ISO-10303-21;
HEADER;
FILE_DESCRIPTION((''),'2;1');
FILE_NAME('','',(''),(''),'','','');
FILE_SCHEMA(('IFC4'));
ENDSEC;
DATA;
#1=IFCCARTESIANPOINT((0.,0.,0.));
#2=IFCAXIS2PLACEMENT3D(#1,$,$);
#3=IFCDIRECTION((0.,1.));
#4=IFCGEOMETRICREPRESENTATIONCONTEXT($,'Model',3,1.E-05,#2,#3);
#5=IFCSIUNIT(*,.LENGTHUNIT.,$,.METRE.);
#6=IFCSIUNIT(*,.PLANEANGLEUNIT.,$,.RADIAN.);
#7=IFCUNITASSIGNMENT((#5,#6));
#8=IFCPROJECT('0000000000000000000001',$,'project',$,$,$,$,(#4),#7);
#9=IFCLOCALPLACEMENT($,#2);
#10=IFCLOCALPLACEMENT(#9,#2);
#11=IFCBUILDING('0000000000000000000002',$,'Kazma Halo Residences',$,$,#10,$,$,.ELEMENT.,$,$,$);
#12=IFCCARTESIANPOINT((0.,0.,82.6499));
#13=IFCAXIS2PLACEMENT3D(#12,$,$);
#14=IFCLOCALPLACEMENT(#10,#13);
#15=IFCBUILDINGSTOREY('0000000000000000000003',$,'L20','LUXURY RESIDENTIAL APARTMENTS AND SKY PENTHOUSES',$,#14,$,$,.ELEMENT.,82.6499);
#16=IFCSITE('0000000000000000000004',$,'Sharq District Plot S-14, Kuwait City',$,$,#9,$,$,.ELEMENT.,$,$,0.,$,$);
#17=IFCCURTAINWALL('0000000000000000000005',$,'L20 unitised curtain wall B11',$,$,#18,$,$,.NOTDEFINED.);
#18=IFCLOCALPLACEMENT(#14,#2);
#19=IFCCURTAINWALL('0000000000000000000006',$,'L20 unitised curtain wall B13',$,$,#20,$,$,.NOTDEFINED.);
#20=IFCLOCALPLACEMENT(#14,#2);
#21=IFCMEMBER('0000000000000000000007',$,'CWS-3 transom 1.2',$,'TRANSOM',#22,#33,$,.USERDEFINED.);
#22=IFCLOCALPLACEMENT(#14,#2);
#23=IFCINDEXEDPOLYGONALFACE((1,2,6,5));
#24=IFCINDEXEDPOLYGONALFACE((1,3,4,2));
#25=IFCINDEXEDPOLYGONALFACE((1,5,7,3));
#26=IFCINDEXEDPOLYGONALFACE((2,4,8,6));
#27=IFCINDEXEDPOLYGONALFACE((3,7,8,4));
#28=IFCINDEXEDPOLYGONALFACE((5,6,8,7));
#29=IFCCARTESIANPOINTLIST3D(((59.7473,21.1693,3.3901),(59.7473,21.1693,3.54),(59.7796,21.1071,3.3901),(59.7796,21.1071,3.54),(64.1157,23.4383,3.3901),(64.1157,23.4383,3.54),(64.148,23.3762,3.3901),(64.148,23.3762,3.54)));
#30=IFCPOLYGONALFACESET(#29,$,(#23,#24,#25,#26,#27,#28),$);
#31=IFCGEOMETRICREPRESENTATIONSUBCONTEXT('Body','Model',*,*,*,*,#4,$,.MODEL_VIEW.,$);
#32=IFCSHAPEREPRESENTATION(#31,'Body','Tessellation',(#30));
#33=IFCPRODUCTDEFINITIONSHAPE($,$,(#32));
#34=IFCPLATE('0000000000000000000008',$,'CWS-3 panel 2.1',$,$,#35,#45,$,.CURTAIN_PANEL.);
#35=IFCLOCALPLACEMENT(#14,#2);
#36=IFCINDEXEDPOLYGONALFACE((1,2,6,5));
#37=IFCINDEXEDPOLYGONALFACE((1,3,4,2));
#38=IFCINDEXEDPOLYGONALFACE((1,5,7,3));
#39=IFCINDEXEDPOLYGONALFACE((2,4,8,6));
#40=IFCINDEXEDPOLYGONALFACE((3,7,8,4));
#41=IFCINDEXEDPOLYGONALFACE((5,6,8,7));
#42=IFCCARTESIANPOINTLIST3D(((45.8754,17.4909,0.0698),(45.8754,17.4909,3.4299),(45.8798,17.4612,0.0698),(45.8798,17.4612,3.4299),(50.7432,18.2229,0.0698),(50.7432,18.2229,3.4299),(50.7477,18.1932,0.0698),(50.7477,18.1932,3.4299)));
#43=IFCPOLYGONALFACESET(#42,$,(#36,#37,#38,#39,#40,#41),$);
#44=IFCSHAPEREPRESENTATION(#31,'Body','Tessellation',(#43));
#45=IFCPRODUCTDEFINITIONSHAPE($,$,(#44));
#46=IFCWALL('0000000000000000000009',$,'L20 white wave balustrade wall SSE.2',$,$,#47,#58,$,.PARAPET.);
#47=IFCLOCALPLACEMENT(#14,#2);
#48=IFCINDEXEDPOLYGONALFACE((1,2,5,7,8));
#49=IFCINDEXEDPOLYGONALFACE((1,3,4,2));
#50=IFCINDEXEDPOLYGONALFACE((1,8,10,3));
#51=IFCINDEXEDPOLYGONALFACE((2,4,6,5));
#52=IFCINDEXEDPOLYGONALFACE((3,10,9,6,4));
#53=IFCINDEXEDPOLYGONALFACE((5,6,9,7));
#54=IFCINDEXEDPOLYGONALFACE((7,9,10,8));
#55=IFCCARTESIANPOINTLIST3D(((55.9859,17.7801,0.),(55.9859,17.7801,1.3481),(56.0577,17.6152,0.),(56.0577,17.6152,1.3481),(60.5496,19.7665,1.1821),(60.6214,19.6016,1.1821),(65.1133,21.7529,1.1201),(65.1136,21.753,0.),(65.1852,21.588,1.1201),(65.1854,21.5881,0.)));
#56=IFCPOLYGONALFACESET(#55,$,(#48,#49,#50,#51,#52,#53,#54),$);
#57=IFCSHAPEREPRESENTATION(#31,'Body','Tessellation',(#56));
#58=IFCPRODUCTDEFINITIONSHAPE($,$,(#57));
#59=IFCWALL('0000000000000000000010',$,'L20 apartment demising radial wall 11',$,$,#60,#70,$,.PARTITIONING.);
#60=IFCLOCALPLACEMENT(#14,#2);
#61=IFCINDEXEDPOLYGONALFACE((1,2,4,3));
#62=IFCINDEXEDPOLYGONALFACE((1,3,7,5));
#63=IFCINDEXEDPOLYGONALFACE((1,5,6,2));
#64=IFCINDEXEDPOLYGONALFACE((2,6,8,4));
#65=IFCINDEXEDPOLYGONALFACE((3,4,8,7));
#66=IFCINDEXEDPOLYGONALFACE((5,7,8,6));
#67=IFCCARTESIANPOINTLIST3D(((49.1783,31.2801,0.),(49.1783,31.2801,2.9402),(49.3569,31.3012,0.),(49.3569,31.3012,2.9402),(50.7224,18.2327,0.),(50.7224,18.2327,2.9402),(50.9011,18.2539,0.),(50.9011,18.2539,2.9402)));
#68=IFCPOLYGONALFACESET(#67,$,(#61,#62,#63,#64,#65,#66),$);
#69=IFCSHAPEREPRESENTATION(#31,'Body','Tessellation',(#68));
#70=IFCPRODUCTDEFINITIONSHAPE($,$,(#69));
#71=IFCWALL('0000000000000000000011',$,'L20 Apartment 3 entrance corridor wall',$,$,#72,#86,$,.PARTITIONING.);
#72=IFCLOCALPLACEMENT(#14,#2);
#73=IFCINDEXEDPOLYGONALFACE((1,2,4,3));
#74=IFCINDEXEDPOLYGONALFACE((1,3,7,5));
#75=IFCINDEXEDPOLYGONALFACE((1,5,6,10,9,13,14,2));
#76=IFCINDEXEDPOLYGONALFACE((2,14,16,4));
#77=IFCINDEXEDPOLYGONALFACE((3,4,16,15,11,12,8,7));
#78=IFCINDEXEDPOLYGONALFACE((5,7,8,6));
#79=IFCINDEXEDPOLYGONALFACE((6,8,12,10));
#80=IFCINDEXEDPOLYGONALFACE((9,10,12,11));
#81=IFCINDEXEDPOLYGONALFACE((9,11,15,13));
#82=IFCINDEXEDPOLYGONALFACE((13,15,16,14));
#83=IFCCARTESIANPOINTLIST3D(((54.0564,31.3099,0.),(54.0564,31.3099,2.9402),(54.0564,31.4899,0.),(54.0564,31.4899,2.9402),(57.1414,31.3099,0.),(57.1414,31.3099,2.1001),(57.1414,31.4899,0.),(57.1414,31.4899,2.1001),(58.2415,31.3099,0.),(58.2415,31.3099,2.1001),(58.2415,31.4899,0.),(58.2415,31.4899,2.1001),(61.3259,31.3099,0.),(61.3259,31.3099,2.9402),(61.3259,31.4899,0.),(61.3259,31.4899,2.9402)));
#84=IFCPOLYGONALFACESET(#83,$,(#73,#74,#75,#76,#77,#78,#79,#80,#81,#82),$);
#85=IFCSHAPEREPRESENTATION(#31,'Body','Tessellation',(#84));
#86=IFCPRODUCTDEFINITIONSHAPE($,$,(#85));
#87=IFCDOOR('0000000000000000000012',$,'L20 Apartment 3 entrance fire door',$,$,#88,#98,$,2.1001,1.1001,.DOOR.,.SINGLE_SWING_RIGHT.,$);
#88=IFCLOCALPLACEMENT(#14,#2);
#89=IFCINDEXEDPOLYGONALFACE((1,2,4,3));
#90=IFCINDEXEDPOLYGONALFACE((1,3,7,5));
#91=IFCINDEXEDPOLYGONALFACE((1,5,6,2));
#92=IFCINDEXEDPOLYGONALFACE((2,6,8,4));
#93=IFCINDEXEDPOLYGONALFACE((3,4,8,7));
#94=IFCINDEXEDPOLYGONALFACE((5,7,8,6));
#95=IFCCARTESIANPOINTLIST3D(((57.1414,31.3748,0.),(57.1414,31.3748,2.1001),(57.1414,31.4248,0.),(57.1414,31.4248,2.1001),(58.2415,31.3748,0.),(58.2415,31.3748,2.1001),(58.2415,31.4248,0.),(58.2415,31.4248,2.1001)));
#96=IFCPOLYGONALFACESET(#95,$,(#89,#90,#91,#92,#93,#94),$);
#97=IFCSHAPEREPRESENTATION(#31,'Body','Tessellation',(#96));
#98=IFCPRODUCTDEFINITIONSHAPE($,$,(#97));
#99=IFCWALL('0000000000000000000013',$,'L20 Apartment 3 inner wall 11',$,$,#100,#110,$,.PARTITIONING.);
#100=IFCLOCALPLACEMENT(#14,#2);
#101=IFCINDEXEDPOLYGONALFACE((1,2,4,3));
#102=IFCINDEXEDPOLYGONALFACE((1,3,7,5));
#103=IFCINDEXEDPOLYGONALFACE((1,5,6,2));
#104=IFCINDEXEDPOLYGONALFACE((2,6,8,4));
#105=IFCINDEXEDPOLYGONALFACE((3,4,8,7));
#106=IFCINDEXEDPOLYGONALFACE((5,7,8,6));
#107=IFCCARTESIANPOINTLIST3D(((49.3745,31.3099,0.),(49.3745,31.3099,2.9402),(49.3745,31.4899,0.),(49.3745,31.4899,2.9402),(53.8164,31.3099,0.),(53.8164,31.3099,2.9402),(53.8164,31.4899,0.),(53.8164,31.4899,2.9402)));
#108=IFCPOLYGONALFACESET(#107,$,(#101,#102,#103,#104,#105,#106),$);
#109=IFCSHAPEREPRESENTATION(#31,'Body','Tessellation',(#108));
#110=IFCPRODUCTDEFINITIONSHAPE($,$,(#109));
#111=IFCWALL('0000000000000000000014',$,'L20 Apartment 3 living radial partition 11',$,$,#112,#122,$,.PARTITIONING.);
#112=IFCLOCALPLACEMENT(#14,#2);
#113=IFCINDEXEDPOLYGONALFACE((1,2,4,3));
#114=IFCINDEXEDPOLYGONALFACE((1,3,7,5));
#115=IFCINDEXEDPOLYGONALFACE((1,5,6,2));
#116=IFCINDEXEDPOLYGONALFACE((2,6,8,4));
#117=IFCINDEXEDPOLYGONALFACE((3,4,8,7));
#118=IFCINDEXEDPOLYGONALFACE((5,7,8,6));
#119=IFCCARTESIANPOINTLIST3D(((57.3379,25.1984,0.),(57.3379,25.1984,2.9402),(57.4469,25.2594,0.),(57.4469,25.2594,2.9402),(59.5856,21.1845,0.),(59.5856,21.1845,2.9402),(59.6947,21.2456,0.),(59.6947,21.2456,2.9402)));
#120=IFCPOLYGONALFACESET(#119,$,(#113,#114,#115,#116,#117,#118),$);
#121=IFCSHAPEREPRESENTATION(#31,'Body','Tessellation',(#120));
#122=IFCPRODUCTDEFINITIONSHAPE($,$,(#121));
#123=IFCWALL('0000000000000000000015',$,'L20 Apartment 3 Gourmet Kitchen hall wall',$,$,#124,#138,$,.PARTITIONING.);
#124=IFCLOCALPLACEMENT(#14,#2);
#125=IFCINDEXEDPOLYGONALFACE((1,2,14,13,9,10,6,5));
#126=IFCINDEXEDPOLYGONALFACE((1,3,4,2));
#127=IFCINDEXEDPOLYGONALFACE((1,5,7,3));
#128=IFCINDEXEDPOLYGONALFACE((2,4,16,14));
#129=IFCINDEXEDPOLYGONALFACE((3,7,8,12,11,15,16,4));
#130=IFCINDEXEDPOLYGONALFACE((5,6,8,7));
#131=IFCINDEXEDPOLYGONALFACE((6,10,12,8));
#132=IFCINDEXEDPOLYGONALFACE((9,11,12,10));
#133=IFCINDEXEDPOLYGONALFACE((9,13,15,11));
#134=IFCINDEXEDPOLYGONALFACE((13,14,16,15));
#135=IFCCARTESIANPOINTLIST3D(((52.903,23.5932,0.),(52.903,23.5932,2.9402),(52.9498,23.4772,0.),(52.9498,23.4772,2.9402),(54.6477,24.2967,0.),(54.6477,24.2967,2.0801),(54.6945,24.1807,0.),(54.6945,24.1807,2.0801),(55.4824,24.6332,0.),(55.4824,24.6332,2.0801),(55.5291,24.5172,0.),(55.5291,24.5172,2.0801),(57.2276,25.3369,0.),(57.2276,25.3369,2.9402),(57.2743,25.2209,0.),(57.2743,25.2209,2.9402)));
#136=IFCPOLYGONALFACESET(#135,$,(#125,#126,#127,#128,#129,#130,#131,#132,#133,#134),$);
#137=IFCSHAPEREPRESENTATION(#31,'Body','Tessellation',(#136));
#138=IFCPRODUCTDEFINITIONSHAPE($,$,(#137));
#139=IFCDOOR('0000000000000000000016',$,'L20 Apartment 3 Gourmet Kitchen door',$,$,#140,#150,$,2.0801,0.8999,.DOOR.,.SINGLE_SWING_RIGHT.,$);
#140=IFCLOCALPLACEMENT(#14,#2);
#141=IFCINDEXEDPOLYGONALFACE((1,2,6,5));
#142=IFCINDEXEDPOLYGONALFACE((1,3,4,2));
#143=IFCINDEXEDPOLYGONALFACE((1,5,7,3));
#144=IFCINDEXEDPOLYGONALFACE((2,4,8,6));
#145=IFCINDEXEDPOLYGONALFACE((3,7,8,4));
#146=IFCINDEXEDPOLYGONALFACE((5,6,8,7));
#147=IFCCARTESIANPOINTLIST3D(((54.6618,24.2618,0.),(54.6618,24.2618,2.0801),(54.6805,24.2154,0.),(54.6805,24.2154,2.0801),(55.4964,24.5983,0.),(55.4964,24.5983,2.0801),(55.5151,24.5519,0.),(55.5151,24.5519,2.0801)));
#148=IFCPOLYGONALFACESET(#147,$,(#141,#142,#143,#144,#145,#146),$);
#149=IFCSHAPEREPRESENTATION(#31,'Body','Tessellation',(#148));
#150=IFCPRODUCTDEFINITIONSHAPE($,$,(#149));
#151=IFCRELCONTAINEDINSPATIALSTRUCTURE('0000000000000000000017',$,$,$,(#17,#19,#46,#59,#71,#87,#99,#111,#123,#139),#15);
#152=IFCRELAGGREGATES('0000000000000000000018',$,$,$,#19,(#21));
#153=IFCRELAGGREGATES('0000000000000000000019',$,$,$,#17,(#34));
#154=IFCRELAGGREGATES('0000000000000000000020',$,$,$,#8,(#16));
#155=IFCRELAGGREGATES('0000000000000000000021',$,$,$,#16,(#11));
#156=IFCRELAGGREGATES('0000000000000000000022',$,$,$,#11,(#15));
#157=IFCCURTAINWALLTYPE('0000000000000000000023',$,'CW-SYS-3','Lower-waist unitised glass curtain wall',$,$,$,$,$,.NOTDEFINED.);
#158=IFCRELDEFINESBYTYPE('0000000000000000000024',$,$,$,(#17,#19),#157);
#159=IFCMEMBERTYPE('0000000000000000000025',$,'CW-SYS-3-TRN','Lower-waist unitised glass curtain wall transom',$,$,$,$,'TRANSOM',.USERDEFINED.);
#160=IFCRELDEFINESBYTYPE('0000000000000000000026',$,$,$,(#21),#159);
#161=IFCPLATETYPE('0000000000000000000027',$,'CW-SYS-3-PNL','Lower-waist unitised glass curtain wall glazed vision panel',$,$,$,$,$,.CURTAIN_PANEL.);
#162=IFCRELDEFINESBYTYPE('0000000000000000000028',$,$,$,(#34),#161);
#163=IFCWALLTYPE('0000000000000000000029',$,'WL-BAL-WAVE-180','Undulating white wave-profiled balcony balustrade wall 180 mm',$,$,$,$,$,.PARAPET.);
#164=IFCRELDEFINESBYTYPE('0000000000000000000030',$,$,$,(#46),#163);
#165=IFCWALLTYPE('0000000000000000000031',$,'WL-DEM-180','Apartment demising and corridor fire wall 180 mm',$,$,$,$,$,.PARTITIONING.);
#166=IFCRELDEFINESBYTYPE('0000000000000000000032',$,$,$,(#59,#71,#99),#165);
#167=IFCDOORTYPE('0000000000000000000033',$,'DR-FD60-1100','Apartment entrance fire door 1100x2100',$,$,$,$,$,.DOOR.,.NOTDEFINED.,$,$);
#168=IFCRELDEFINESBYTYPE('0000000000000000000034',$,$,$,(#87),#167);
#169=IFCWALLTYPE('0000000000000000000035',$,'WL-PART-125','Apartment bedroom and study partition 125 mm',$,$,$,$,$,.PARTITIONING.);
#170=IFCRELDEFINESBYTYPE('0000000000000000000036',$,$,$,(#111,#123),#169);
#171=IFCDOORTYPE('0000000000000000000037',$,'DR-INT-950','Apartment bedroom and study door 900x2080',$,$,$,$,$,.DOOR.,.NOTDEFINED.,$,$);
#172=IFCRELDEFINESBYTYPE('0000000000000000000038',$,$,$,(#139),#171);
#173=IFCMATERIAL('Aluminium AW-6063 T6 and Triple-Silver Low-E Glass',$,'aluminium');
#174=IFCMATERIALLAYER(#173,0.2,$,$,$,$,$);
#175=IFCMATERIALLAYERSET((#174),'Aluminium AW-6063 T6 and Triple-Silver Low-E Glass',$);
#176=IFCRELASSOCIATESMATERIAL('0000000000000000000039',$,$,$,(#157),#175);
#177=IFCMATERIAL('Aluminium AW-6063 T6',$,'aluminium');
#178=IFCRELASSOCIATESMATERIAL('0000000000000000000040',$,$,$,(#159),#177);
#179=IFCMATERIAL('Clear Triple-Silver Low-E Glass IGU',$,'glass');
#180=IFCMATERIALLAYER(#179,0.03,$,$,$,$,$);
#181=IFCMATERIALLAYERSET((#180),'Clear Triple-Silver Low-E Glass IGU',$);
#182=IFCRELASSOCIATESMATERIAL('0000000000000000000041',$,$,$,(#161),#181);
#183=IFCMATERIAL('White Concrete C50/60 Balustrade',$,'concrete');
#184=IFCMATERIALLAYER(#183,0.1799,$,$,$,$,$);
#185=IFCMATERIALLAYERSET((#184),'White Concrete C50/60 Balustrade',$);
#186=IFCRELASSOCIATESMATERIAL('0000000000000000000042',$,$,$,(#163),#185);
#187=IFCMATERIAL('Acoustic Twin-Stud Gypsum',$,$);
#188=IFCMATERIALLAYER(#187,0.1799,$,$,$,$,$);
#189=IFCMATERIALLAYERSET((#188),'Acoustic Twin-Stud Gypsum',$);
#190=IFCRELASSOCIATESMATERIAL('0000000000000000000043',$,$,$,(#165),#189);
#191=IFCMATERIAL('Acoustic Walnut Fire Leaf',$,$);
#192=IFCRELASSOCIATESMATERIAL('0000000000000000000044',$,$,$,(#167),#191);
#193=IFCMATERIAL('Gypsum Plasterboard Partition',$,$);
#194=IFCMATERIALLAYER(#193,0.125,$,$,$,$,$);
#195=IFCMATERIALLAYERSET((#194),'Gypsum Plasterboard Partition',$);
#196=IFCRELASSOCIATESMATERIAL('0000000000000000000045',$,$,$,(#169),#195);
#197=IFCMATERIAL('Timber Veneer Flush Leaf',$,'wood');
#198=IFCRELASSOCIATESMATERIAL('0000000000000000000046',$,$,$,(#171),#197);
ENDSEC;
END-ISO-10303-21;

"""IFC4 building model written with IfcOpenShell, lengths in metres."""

from ifc_helpers import new_model, si_unit, direction, frame, frame_2d, origin, origin_2d, place, context, subcontext, project, spatial, polyline, rectangle, outline, extrude, material, layer, layer_set, material_profile, profile_set, type_object, element, fill, aggregate, save


model = new_model("IFC4")

# Units and contexts
model_context = context("Model", 3, precision=1e-05, world=origin(), true_north=direction((0.0, 1.0)))
body_context = subcontext(model_context, "Body", "Model", "MODEL_VIEW")
ifc_project = project(units=[si_unit("LENGTHUNIT", "METRE"), si_unit("PLANEANGLEUNIT", "RADIAN")], contexts=[model_context])

# Site, building, storey
site_placement = place(None, origin())
site = spatial("IfcSite", under=ifc_project, at=site_placement, Name="Sharq District Plot S-14, Kuwait City", CompositionType="ELEMENT", RefElevation=0.0)
building_placement = place(site_placement, origin())
building = spatial("IfcBuilding", under=site, at=building_placement, Name="Kazma Halo Residences", CompositionType="ELEMENT")
storey_placement = place(building_placement, frame((0.0, 0.0, 82.6499)))
storey = spatial("IfcBuildingStorey", under=building, at=storey_placement, Name="L20", Description="LUXURY RESIDENTIAL APARTMENTS AND SKY PENTHOUSES", CompositionType="ELEMENT", Elevation=82.6499)

# Curtain wall
ifc_material_1 = material(Name="Aluminium AW-6063 T6 and Triple-Silver Low-E Glass", Category="aluminium")
ifc_layer_1 = layer(ifc_material_1, 0.2)
ifc_layer_set_1 = layer_set([ifc_layer_1], Name="Aluminium AW-6063 T6 and Triple-Silver Low-E Glass")
curtain_wall_type = type_object("IfcCurtainWallType", Name="CW-SYS-3", Description="Lower-waist unitised glass curtain wall", PredefinedType="NOTDEFINED", material=ifc_layer_set_1)
curtain_wall_1_placement = place(storey_placement, origin())
curtain_wall_1 = element("IfcCurtainWall", 1, at=curtain_wall_1_placement, inside=storey, type_object=curtain_wall_type, Name="L20 unitised curtain wall B11", PredefinedType="NOTDEFINED")
ifc_material_2 = material(Name="Aluminium AW-6063 T6", Category="aluminium")

# Curtain wall, member
curtain_wall_2_placement = place(storey_placement, origin())
curtain_wall_2 = element("IfcCurtainWall", 2, at=curtain_wall_2_placement, inside=storey, type_object=curtain_wall_type, Name="L20 unitised curtain wall B13", PredefinedType="NOTDEFINED")
ifc_material_profile_1 = material_profile(ifc_material_2, rectangle(XDim=0.0701, YDim=0.1499, at=origin_2d()), Name="CWT-70x150")
ifc_profile_set_1 = profile_set([ifc_material_profile_1], Name="Aluminium AW-6063 T6")
member_type_1 = type_object("IfcMemberType", Name="CW-SYS-3-TRN", Description="Lower-waist unitised glass curtain wall transom", ElementType="TRANSOM", PredefinedType="USERDEFINED", material=ifc_profile_set_1)
member_1_placement = place(storey_placement, frame((59.7634, 21.1382, 3.4651), z_axis=(0.887427, 0.460948, 0.0), x_axis=(-0.460948, 0.887427, 0.0)))
member_1 = element("IfcMember", 3, at=member_1_placement, type_object=member_type_1, Name="CWS-3 transom 1.2", ObjectType="TRANSOM", PredefinedType="USERDEFINED", context=body_context, shape_type="SweptSolid", body=[
    extrude(rectangle(XDim=0.0701, YDim=0.1499, at=origin_2d()), origin(), (0.0, 0.0, 1.0), 4.9226),
])
aggregate(curtain_wall_2, [member_1])

# Plate
ifc_material_3 = material(Name="Clear Triple-Silver Low-E Glass IGU", Category="glass")
ifc_layer_2 = layer(ifc_material_3, 0.03)
ifc_layer_set_2 = layer_set([ifc_layer_2], Name="Clear Triple-Silver Low-E Glass IGU")
plate_type = type_object("IfcPlateType", Name="CW-SYS-3-PNL", Description="Lower-waist unitised glass curtain wall glazed vision panel", PredefinedType="CURTAIN_PANEL", material=ifc_layer_set_2)
plate_placement = place(storey_placement, frame((48.3115, 17.842, 0.0698), z_axis=(0.0, 0.0, 1.0), x_axis=(0.98888, 0.148717, 0.0)))
plate = element("IfcPlate", 4, at=plate_placement, type_object=plate_type, Name="CWS-3 panel 2.1", PredefinedType="CURTAIN_PANEL", context=body_context, shape_type="SweptSolid", body=[
    extrude(rectangle(XDim=4.9226, YDim=0.03, at=origin_2d()), origin(), (0.0, 0.0, 1.0), 3.3601),
])
aggregate(curtain_wall_1, [plate])

# Walls
ifc_material_4 = material(Name="White Concrete C50/60 Balustrade", Category="concrete")
ifc_layer_3 = layer(ifc_material_4, 0.1799)
ifc_layer_set_3 = layer_set([ifc_layer_3], Name="White Concrete C50/60 Balustrade")
wall_type_1 = type_object("IfcWallType", Name="WL-BAL-WAVE-180", Description="Undulating white wave-profiled balcony balustrade wall 180 mm", PredefinedType="PARAPET", material=ifc_layer_set_3)
wall_1_placement = place(storey_placement, frame((56.0217, 17.6978, 0.0), z_axis=(0.0, 0.0, 1.0), x_axis=(0.916911, 0.399093, 0.0)))
element("IfcWall", 5, at=wall_1_placement, inside=storey, type_object=wall_type_1, Name="L20 white wave balustrade wall SSE.2", PredefinedType="PARAPET", context=body_context, shape_type="SweptSolid", body=[
    extrude(outline(polyline([(0.0, 0.0), (9.9548, 0.0), (9.9546, 1.1201), (4.9773, 1.1821), (0.0, 1.3481), (0.0, 0.0)])), frame((0.0, 0.0898, 0.0), z_axis=(0.0, -1.0, 0.0), x_axis=(1.0, 0.0, 0.0)), (0.0, 0.0, 1.0), 0.1799),
])
ifc_material_5 = material(Name="Acoustic Twin-Stud Gypsum")
ifc_layer_4 = layer(ifc_material_5, 0.1799)
ifc_layer_set_4 = layer_set([ifc_layer_4], Name="Acoustic Twin-Stud Gypsum")
wall_type_2 = type_object("IfcWallType", Name="WL-DEM-180", Description="Apartment demising and corridor fire wall 180 mm", PredefinedType="PARTITIONING", material=ifc_layer_set_4)
wall_2_placement = place(storey_placement, frame((49.2676, 31.2908, 0.0), z_axis=(0.0, 0.0, 1.0), x_axis=(0.117532, -0.993069, 0.0)))
element("IfcWall", 6, at=wall_2_placement, inside=storey, type_object=wall_type_2, Name="L20 apartment demising radial wall 11", PredefinedType="PARTITIONING", context=body_context, shape_type="SweptSolid", body=[
    extrude(rectangle(XDim=13.1384, YDim=0.1799, at=frame_2d((6.5693, 0.0))), origin(), (0.0, 0.0, 1.0), 2.9402),
])

# Wall, opening, door
wall_3_placement = place(storey_placement, frame((54.0564, 31.3999, 0.0), z_axis=(0.0, 0.0, 1.0), x_axis=(1.0, 0.0, 0.0)))
wall_3 = element("IfcWall", 7, at=wall_3_placement, inside=storey, type_object=wall_type_2, Name="L20 Apartment 3 entrance corridor wall", PredefinedType="PARTITIONING", context=body_context, shape_type="SweptSolid", body=[
    extrude(rectangle(XDim=7.2695, YDim=0.1799, at=frame_2d((3.6348, 0.0))), origin(), (0.0, 0.0, 1.0), 2.9402),
])
opening_1_placement = place(wall_3_placement, frame((3.085, 0.0, 0.0)))
opening_1 = element("IfcOpeningElement", 8, at=opening_1_placement, cuts=wall_3, PredefinedType="OPENING", context=body_context, shape_type="SweptSolid", body=[
    extrude(rectangle(XDim=1.1001, YDim=2.1001, at=frame_2d((0.55, 1.05))), frame((0.0, 0.0999, 0.0), z_axis=(0.0, -1.0, 0.0), x_axis=(1.0, 0.0, 0.0)), (0.0, 0.0, 1.0), 0.2),
])
ifc_material_6 = material(Name="Acoustic Walnut Fire Leaf")
door_type_1 = type_object("IfcDoorType", Name="DR-FD60-1100", Description="Apartment entrance fire door 1100x2100", OperationType="NOTDEFINED", PredefinedType="DOOR", material=ifc_material_6)
door_1_placement = place(opening_1_placement, origin())
door_1 = element("IfcDoor", 9, at=door_1_placement, inside=storey, type_object=door_type_1, Name="L20 Apartment 3 entrance fire door", OperationType="SINGLE_SWING_RIGHT", OverallHeight=2.1001, OverallWidth=1.1001, PredefinedType="DOOR", context=body_context, shape_type="SweptSolid", body=[
    extrude(rectangle(XDim=1.1001, YDim=2.1001, at=frame_2d((0.55, 1.05))), frame((0.0, 0.0249, 0.0), z_axis=(0.0, -1.0, 0.0), x_axis=(1.0, 0.0, 0.0)), (0.0, 0.0, 1.0), 0.05),
])
fill(opening_1, door_1)

# Wall
wall_4_placement = place(storey_placement, frame((49.3745, 31.3999, 0.0), z_axis=(0.0, 0.0, 1.0), x_axis=(1.0, 0.0, 0.0)))
element("IfcWall", 10, at=wall_4_placement, inside=storey, type_object=wall_type_2, Name="L20 Apartment 3 inner wall 11", PredefinedType="PARTITIONING", context=body_context, shape_type="SweptSolid", body=[
    extrude(rectangle(XDim=4.4419, YDim=0.1799, at=frame_2d((2.2209, 0.0))), origin(), (0.0, 0.0, 1.0), 2.9402),
])

# Wall
ifc_material_7 = material(Name="Gypsum Plasterboard Partition")
ifc_layer_5 = layer(ifc_material_7, 0.125)
ifc_layer_set_5 = layer_set([ifc_layer_5], Name="Gypsum Plasterboard Partition")
wall_type_3 = type_object("IfcWallType", Name="WL-PART-125", Description="Apartment bedroom and study partition 125 mm", PredefinedType="PARTITIONING", material=ifc_layer_set_5)
wall_5_placement = place(storey_placement, frame((57.3923, 25.229, 0.0), z_axis=(0.0, 0.0, 1.0), x_axis=(0.488605, -0.872505, 0.0)))
element("IfcWall", 11, at=wall_5_placement, inside=storey, type_object=wall_type_3, Name="L20 Apartment 3 living radial partition 11", PredefinedType="PARTITIONING", context=body_context, shape_type="SweptSolid", body=[
    extrude(rectangle(XDim=4.6003, YDim=0.125, at=frame_2d((2.3003, 0.0))), origin(), (0.0, 0.0, 1.0), 2.9402),
])

# Wall, opening, door
wall_6_placement = place(storey_placement, frame((52.9263, 23.5352, 0.0), z_axis=(0.0, 0.0, 1.0), x_axis=(0.927448, 0.373953, 0.0)))
wall_6 = element("IfcWall", 12, at=wall_6_placement, inside=storey, type_object=wall_type_3, Name="L20 Apartment 3 Gourmet Kitchen hall wall", PredefinedType="PARTITIONING", context=body_context, shape_type="SweptSolid", body=[
    extrude(rectangle(XDim=4.6628, YDim=0.125, at=frame_2d((2.3315, 0.0))), origin(), (0.0, 0.0, 1.0), 2.9402),
])
opening_2_placement = place(wall_6_placement, frame((1.8813, 0.0, 0.0)))
opening_2 = element("IfcOpeningElement", 13, at=opening_2_placement, cuts=wall_6, PredefinedType="OPENING", context=body_context, shape_type="SweptSolid", body=[
    extrude(rectangle(XDim=0.8999, YDim=2.0801, at=frame_2d((0.45, 1.04))), frame((0.0, 0.0725, 0.0), z_axis=(0.0, -1.0, 0.0), x_axis=(1.0, 0.0, 0.0)), (0.0, 0.0, 1.0), 0.145),
])
ifc_material_8 = material(Name="Timber Veneer Flush Leaf", Category="wood")
door_type_2 = type_object("IfcDoorType", Name="DR-INT-950", Description="Apartment bedroom and study door 900x2080", OperationType="NOTDEFINED", PredefinedType="DOOR", material=ifc_material_8)
door_2_placement = place(opening_2_placement, origin())
door_2 = element("IfcDoor", 14, at=door_2_placement, inside=storey, type_object=door_type_2, Name="L20 Apartment 3 Gourmet Kitchen door", OperationType="SINGLE_SWING_RIGHT", OverallHeight=2.0801, OverallWidth=0.8999, PredefinedType="DOOR", context=body_context, shape_type="SweptSolid", body=[
    extrude(rectangle(XDim=0.8999, YDim=2.0801, at=frame_2d((0.45, 1.04))), frame((0.0, 0.0249, 0.0), z_axis=(0.0, -1.0, 0.0), x_axis=(1.0, 0.0, 0.0)), (0.0, 0.0, 1.0), 0.05),
])
fill(opening_2, door_2)

save(model, "model.ifc")
